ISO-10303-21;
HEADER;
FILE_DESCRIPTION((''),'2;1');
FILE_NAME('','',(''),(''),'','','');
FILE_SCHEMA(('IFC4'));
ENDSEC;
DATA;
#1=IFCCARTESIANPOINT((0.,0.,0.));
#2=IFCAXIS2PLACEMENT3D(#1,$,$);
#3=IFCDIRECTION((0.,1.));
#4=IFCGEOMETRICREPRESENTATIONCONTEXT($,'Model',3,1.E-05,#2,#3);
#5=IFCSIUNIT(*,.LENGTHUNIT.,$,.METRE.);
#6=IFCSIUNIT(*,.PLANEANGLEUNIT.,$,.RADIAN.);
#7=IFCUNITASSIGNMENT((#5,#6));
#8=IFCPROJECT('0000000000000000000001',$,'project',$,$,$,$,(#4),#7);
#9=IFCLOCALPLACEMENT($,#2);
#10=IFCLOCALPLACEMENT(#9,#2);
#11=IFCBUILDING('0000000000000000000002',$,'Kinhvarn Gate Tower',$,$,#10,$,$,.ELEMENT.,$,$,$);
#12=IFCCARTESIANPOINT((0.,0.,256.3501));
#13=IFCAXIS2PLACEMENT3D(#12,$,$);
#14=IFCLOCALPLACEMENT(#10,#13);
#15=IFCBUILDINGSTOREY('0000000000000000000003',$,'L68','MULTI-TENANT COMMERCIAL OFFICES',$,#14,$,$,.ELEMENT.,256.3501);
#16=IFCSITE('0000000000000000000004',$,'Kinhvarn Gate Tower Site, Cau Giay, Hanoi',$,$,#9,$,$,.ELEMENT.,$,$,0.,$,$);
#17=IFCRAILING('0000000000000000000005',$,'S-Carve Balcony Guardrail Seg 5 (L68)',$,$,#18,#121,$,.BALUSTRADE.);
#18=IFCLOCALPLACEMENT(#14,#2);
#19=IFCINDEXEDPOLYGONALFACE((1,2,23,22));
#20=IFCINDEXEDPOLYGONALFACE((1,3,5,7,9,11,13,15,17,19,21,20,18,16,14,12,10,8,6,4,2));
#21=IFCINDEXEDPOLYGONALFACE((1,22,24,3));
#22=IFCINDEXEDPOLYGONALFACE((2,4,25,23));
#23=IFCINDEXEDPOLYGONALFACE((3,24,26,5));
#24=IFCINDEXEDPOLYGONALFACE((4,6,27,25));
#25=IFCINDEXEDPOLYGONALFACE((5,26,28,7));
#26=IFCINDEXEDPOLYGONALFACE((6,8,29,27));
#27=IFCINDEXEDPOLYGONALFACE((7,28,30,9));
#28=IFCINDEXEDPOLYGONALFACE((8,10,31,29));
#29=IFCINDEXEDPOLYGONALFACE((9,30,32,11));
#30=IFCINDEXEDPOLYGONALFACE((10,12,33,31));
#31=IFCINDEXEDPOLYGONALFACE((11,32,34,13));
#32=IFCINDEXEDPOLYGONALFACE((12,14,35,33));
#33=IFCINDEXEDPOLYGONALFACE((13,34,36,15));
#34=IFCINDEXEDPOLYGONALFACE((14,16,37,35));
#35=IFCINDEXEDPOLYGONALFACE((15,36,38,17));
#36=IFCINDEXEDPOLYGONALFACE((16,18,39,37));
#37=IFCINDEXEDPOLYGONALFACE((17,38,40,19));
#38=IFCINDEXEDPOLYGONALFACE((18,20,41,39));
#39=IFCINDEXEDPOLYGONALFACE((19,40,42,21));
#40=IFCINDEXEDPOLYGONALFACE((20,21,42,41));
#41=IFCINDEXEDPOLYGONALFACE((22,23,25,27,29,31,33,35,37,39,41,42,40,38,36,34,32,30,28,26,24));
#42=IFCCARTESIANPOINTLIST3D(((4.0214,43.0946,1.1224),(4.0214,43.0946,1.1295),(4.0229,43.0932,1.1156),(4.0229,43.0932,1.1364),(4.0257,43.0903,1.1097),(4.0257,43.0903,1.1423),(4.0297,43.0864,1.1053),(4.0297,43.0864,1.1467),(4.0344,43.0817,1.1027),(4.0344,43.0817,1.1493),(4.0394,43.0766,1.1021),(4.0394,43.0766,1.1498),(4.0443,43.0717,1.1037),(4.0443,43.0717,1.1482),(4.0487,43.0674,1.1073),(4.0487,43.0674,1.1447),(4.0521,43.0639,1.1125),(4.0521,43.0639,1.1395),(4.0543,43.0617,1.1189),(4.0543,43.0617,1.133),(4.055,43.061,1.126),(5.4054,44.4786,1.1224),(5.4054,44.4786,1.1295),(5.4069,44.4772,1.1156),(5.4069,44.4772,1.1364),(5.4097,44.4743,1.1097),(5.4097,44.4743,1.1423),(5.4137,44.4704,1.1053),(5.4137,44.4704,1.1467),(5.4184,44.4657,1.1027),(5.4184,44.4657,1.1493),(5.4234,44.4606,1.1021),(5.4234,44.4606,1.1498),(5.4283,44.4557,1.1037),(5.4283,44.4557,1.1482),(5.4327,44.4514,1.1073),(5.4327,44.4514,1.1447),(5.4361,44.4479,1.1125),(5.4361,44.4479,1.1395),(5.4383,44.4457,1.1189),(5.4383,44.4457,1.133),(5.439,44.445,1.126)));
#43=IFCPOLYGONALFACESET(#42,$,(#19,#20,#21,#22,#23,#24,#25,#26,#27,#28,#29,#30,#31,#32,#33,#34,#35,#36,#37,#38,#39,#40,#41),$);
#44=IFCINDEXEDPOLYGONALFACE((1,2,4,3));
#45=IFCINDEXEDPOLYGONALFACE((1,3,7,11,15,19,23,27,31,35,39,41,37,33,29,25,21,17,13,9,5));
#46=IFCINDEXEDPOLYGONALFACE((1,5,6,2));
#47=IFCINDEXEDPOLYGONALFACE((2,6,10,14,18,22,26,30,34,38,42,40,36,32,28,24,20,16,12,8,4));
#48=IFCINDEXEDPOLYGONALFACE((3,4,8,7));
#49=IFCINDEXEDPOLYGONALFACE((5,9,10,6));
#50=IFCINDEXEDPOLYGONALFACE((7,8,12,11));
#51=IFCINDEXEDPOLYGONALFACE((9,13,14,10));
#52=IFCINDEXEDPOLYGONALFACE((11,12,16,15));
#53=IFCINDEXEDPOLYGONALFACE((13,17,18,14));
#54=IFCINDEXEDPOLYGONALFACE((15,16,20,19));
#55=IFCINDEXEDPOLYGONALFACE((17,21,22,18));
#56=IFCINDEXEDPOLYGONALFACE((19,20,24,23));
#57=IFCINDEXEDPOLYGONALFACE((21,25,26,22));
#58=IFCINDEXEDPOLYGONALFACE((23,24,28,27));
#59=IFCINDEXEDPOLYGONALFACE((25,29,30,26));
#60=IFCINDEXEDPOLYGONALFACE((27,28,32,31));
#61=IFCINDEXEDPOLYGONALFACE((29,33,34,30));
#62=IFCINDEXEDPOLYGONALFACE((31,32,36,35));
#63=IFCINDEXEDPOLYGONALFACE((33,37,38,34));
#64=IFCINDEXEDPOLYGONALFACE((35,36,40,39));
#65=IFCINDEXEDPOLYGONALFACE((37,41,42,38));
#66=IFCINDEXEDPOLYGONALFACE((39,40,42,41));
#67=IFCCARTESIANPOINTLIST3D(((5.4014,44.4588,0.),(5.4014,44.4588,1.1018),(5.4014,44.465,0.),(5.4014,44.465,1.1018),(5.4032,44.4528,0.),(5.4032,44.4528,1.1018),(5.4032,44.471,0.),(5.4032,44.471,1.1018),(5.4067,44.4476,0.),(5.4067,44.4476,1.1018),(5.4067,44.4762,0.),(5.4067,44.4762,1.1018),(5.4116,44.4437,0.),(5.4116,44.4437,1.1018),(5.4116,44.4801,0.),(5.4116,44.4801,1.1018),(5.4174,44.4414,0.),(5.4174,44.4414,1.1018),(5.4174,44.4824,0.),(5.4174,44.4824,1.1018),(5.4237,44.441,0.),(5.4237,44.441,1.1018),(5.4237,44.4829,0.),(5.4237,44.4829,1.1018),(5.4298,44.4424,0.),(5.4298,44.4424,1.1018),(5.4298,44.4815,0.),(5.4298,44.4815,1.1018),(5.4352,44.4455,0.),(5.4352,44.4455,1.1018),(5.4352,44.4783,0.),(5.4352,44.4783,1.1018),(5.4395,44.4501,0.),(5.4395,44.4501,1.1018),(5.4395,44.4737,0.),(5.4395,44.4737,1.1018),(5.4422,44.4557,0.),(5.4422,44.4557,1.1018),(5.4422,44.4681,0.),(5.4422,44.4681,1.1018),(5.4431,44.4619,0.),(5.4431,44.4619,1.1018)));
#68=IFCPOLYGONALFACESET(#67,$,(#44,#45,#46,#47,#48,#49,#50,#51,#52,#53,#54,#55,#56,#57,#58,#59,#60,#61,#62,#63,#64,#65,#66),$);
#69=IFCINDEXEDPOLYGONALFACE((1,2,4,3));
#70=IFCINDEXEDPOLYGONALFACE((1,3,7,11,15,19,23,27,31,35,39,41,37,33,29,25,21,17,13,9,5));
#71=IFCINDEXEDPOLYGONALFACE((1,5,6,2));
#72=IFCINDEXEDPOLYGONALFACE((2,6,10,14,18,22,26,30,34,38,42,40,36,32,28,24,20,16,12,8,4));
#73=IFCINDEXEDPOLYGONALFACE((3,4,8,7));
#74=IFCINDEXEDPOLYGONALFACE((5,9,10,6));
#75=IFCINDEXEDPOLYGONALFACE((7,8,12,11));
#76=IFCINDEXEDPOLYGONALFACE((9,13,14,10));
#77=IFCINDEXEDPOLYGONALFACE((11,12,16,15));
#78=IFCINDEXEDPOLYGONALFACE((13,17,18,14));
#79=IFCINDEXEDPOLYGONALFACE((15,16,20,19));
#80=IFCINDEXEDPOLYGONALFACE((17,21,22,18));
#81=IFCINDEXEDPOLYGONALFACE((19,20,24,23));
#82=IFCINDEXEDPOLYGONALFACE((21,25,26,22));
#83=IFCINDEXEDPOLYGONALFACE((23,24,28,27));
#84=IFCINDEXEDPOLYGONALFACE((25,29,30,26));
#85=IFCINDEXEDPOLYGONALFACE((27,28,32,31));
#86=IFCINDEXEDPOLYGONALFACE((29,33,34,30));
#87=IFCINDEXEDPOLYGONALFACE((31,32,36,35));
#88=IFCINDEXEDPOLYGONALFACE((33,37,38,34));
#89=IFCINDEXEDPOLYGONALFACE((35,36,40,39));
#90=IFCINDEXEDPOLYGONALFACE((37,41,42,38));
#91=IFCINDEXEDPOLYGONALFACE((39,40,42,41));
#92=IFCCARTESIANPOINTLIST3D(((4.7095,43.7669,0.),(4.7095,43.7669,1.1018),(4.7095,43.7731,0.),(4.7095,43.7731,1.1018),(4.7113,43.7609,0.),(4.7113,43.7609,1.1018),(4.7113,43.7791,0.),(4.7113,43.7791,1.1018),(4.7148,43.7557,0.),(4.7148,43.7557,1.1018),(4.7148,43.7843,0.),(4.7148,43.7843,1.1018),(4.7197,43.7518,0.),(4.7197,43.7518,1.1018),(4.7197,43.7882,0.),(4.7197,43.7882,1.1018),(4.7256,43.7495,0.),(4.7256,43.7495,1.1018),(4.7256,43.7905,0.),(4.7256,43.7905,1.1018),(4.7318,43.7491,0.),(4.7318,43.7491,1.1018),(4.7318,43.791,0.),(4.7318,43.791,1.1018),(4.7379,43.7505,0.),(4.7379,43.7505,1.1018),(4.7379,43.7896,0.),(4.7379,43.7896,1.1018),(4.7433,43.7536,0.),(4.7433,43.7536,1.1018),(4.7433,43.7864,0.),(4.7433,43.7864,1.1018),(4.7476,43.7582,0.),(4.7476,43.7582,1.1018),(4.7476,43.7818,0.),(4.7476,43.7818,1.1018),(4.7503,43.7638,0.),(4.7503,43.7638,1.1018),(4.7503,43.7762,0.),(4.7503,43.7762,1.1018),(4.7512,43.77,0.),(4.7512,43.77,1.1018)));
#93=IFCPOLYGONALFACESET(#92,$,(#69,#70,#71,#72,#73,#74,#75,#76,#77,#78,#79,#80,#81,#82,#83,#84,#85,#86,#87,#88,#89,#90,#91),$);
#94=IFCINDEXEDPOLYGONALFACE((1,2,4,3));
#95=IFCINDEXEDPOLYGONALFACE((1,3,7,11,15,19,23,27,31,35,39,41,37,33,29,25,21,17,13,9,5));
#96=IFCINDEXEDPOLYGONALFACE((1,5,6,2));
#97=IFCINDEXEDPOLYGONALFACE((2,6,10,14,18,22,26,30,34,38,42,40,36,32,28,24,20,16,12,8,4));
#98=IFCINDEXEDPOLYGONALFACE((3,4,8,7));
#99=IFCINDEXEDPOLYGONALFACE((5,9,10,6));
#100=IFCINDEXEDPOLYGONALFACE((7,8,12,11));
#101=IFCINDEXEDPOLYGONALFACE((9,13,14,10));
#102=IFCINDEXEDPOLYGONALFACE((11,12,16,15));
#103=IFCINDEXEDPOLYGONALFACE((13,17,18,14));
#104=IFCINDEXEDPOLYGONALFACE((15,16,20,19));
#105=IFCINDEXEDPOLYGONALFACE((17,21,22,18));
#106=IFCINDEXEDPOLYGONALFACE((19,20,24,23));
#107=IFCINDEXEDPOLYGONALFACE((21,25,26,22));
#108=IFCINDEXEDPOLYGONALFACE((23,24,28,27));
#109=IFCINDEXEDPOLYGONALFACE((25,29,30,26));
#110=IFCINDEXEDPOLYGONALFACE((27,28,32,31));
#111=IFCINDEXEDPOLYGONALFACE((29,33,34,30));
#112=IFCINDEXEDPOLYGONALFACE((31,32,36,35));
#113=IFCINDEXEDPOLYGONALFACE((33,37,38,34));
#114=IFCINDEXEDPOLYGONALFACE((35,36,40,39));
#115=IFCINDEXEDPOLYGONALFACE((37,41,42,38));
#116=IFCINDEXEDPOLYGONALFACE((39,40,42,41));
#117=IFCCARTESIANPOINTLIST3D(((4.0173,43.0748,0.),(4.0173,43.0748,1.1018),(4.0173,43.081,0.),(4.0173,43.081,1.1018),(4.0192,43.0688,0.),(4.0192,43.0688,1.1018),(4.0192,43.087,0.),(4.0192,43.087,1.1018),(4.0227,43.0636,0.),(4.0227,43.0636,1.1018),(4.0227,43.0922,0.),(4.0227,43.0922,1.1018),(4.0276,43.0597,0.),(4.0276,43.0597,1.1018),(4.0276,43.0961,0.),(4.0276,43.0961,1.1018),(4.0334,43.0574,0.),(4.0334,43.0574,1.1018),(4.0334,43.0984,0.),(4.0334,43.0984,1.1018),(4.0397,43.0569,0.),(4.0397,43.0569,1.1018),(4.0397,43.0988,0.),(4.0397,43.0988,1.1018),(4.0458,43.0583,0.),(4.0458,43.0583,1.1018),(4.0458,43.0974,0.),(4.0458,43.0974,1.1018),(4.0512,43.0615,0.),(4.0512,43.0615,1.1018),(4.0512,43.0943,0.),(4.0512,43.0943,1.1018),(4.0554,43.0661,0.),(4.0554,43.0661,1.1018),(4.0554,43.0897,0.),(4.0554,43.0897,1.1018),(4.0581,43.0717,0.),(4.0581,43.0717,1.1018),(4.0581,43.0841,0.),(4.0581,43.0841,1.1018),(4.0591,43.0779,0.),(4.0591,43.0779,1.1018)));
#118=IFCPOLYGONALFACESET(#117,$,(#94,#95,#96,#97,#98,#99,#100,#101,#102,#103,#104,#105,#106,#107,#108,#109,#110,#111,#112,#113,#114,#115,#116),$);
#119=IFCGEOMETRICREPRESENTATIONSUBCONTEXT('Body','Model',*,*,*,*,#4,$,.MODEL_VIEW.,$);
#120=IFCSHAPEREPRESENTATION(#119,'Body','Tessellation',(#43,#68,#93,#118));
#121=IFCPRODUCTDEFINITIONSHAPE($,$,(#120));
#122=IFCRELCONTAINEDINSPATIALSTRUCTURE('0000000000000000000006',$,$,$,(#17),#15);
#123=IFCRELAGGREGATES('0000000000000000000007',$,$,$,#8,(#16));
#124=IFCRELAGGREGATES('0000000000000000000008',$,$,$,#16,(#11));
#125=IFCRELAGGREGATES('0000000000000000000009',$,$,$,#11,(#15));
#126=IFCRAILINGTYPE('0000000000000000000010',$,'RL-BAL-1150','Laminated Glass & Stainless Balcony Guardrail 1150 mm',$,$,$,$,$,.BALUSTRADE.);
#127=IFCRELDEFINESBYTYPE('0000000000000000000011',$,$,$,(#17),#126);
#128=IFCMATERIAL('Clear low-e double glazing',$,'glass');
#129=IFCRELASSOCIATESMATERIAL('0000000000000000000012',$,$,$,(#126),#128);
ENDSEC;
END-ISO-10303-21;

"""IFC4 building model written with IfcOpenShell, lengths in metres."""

from ifc_helpers import new_model, si_unit, direction, frame, origin, origin_2d, place, context, subcontext, project, spatial, circle, extrude, material, type_object, element, save


model = new_model("IFC4")

# Units and contexts
model_context = context("Model", 3, precision=1e-05, world=origin(), true_north=direction((0.0, 1.0)))
body_context = subcontext(model_context, "Body", "Model", "MODEL_VIEW")
ifc_project = project(units=[si_unit("LENGTHUNIT", "METRE"), si_unit("PLANEANGLEUNIT", "RADIAN")], contexts=[model_context])

# Site, building, storey
site_placement = place(None, origin())
site = spatial("IfcSite", under=ifc_project, at=site_placement, Name="Kinhvarn Gate Tower Site, Cau Giay, Hanoi", CompositionType="ELEMENT", RefElevation=0.0)
building_placement = place(site_placement, origin())
building = spatial("IfcBuilding", under=site, at=building_placement, Name="Kinhvarn Gate Tower", CompositionType="ELEMENT")
storey_placement = place(building_placement, frame((0.0, 0.0, 256.3501)))
storey = spatial("IfcBuildingStorey", under=building, at=storey_placement, Name="L68", Description="MULTI-TENANT COMMERCIAL OFFICES", CompositionType="ELEMENT", Elevation=256.3501)

# Shared definitions
ifc_material_1 = material(Name="Clear low-e double glazing", Category="glass")

# Railing
railing_type = type_object("IfcRailingType", Name="RL-BAL-1150", Description="Laminated Glass & Stainless Balcony Guardrail 1150 mm", PredefinedType="BALUSTRADE", material=ifc_material_1)
railing_1_placement = place(storey_placement, frame((5.4221, 44.4619, 0.0)))
element("IfcRailing", 1, at=railing_1_placement, inside=storey, type_object=railing_type, Name="S-Carve Balcony Guardrail Seg 5 (L68)", PredefinedType="BALUSTRADE", context=body_context, shape_type="SweptSolid", body=[
    extrude(circle(Radius=0.0239, at=origin_2d()), frame((0.0, 0.0, 1.126), z_axis=(-0.707107, -0.707107, 0.0), x_axis=(0.707107, -0.707107, 0.0)), (0.0, 0.0, 1.0), 1.9573),
    extrude(circle(Radius=0.021, at=origin_2d()), origin(), (0.0, 0.0, 1.0), 1.1018),
    extrude(circle(Radius=0.021, at=origin_2d()), frame((-0.6919, -0.6919, 0.0)), (0.0, 0.0, 1.0), 1.1018),
    extrude(circle(Radius=0.021, at=origin_2d()), frame((-1.384, -1.384, 0.0)), (0.0, 0.0, 1.0), 1.1018),
])

save(model, "model.ifc")
